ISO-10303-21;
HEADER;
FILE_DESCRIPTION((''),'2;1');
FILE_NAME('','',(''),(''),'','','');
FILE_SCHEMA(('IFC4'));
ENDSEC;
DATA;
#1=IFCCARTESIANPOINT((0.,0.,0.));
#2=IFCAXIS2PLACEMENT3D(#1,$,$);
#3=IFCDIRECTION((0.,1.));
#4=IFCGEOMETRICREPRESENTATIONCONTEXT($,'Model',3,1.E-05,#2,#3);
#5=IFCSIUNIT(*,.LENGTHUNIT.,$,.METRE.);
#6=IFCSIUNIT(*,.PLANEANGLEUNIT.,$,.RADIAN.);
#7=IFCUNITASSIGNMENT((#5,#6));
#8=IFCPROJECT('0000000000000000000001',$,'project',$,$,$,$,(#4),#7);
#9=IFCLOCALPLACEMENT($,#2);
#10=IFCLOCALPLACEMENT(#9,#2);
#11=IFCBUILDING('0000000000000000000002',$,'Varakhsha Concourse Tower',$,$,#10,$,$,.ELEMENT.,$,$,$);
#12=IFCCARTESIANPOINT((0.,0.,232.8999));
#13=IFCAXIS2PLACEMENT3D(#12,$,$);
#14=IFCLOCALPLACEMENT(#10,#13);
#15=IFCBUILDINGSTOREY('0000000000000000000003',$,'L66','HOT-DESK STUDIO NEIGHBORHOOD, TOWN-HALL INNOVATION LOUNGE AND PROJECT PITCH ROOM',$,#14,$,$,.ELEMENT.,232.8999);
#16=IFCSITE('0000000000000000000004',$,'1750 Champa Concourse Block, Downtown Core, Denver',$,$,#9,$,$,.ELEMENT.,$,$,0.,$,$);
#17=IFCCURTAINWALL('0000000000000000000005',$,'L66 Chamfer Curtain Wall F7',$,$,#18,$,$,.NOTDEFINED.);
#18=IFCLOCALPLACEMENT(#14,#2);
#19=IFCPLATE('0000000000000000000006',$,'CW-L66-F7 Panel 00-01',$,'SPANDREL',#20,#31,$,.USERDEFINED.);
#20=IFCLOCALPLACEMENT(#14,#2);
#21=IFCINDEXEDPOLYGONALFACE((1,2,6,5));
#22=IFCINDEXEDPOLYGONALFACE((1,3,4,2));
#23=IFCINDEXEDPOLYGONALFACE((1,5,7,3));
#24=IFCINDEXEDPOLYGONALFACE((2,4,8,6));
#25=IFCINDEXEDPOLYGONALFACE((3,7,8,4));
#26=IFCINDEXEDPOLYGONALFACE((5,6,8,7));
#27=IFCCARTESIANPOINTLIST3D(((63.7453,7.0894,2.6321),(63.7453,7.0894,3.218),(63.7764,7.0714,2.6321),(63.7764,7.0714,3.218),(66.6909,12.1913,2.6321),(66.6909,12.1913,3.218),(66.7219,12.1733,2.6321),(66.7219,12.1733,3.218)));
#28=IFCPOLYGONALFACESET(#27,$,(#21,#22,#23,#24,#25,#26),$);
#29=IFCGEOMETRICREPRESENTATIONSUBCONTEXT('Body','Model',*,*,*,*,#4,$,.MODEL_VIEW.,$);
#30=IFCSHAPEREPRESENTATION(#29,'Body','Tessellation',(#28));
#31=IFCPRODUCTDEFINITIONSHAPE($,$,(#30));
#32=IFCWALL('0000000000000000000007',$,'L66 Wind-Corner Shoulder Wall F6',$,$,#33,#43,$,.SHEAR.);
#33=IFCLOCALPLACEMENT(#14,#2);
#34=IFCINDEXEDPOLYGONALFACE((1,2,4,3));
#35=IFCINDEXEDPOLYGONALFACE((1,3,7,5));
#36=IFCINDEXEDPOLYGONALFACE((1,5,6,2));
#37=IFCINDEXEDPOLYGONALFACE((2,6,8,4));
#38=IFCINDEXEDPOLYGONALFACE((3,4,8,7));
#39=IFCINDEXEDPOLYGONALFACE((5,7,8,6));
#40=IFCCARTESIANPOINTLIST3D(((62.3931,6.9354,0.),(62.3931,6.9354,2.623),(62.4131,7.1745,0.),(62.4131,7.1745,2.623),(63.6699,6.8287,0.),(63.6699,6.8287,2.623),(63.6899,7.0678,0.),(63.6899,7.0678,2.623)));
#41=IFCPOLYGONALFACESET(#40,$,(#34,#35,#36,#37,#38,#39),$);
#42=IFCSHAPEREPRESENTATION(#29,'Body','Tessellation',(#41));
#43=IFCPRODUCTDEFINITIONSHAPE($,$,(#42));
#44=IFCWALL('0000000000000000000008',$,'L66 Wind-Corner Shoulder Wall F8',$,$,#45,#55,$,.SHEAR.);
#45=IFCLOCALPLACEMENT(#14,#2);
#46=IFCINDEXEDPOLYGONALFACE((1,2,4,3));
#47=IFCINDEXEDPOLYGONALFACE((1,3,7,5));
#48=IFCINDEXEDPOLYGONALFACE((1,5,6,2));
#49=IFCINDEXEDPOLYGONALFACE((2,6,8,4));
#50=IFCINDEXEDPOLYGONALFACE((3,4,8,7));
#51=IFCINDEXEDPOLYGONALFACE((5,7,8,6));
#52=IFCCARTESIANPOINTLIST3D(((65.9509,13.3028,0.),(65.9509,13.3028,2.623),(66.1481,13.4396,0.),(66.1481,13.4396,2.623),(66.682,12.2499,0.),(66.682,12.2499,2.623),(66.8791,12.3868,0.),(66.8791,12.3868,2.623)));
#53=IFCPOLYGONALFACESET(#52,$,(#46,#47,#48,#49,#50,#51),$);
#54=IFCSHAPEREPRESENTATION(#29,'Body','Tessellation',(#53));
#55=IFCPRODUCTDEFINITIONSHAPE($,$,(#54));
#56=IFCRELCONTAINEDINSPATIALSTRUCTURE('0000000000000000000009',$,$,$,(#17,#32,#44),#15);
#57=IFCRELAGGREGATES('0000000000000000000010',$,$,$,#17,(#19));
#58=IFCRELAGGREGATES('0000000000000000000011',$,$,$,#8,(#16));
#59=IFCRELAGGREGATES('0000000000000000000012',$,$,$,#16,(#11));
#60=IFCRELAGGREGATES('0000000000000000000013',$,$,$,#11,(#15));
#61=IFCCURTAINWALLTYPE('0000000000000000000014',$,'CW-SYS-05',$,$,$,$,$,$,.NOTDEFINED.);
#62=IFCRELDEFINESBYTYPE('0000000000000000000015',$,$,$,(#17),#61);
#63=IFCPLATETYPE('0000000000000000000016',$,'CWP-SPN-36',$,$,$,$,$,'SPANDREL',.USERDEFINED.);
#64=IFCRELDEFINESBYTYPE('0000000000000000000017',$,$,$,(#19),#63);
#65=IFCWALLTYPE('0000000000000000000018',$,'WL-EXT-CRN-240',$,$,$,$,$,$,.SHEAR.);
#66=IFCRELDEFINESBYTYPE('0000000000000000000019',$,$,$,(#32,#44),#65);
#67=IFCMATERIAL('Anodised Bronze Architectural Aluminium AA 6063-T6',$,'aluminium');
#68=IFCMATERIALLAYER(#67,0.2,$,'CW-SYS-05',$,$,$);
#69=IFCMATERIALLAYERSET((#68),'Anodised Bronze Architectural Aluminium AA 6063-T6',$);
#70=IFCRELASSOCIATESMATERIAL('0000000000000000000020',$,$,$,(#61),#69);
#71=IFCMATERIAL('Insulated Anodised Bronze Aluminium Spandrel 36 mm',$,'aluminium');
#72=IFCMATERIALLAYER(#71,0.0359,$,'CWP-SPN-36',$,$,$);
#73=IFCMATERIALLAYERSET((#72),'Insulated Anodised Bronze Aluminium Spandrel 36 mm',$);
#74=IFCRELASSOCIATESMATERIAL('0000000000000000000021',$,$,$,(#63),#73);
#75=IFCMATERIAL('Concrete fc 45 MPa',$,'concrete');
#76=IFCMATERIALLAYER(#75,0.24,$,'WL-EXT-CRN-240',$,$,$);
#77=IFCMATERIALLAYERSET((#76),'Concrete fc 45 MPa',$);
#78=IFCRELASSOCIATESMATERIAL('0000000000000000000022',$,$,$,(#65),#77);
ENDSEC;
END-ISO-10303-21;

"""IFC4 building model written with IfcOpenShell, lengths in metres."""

from ifc_helpers import new_model, si_unit, direction, frame, frame_2d, origin, origin_2d, place, context, subcontext, project, spatial, rectangle, extrude, source, transform, mapped, material, layer, layer_set, type_object, element, aggregate, save


model = new_model("IFC4")

# Units and contexts
model_context = context("Model", 3, precision=1e-05, world=origin(), true_north=direction((0.0, 1.0)))
body_context = subcontext(model_context, "Body", "Model", "MODEL_VIEW")
ifc_project = project(units=[si_unit("LENGTHUNIT", "METRE"), si_unit("PLANEANGLEUNIT", "RADIAN")], contexts=[model_context])

# Site, building, storey
site_placement = place(None, origin())
site = spatial("IfcSite", under=ifc_project, at=site_placement, Name="1750 Champa Concourse Block, Downtown Core, Denver", CompositionType="ELEMENT", RefElevation=0.0)
building_placement = place(site_placement, origin())
building = spatial("IfcBuilding", under=site, at=building_placement, Name="Varakhsha Concourse Tower", CompositionType="ELEMENT")
storey_placement = place(building_placement, frame((0.0, 0.0, 232.8999)))
storey = spatial("IfcBuildingStorey", under=building, at=storey_placement, Name="L66", Description="HOT-DESK STUDIO NEIGHBORHOOD, TOWN-HALL INNOVATION LOUNGE AND PROJECT PITCH ROOM", CompositionType="ELEMENT", Elevation=232.8999)

# Shared definitions
ifc_material_1 = material(Name="Anodised Bronze Architectural Aluminium AA 6063-T6", Category="aluminium")
ifc_layer_1 = layer(ifc_material_1, 0.2, Name="CW-SYS-05")
ifc_layer_set_1 = layer_set([ifc_layer_1], Name="Anodised Bronze Architectural Aluminium AA 6063-T6")
curtain_wall_type = type_object("IfcCurtainWallType", Name="CW-SYS-05", PredefinedType="NOTDEFINED", material=ifc_layer_set_1)

# Curtain wall
curtain_wall_1_placement = place(storey_placement, origin())
curtain_wall_1 = element("IfcCurtainWall", 1, at=curtain_wall_1_placement, inside=storey, type_object=curtain_wall_type, Name="L66 Chamfer Curtain Wall F7", PredefinedType="NOTDEFINED")

# Plate
ifc_material_2 = material(Name="Insulated Anodised Bronze Aluminium Spandrel 36 mm", Category="aluminium")
ifc_layer_2 = layer(ifc_material_2, 0.0359, Name="CWP-SPN-36")
ifc_layer_set_2 = layer_set([ifc_layer_2], Name="Insulated Anodised Bronze Aluminium Spandrel 36 mm")
plate_type_1 = type_object("IfcPlateType", Name="CWP-SPN-36", ElementType="SPANDREL", PredefinedType="USERDEFINED", material=ifc_layer_set_2)
shared_shape_1 = source(origin(), body_context, "Body", "SweptSolid", [
    extrude(rectangle(XDim=5.8911, YDim=0.0359, at=origin_2d()), origin(), (0.0, 0.0, 1.0), 0.5859),
])
plate_1_placement = place(storey_placement, frame((65.2336, 9.6313, 2.6321), z_axis=(0.0, 0.0, 1.0), x_axis=(-0.499994, -0.866029, 0.0)))
plate_1 = element("IfcPlate", 2, at=plate_1_placement, type_object=plate_type_1, Name="CW-L66-F7 Panel 00-01", ObjectType="SPANDREL", PredefinedType="USERDEFINED", context=body_context, shape_type="MappedRepresentation", body=[
    mapped(shared_shape_1, transform((0.0, 0.0, 0.0), scale=1.0)),
])
aggregate(curtain_wall_1, [plate_1])

# Walls
ifc_material_3 = material(Name="Concrete fc 45 MPa", Category="concrete")
ifc_layer_3 = layer(ifc_material_3, 0.24, Name="WL-EXT-CRN-240")
ifc_layer_set_3 = layer_set([ifc_layer_3], Name="Concrete fc 45 MPa")
wall_type = type_object("IfcWallType", Name="WL-EXT-CRN-240", PredefinedType="SHEAR", material=ifc_layer_set_3)
wall_1_placement = place(storey_placement, frame((62.4031, 7.0549, 0.0), z_axis=(0.0, 0.0, 1.0), x_axis=(0.996527, -0.083266, 0.0)))
element("IfcWall", 3, at=wall_1_placement, inside=storey, type_object=wall_type, Name="L66 Wind-Corner Shoulder Wall F6", PredefinedType="SHEAR", context=body_context, shape_type="SweptSolid", body=[
    extrude(rectangle(XDim=1.2812, YDim=0.24, at=frame_2d((0.6406, 0.0))), origin(), (0.0, 0.0, 1.0), 2.623),
])
wall_2_placement = place(storey_placement, frame((66.7805, 12.3184, 0.0), z_axis=(0.0, 0.0, 1.0), x_axis=(-0.570339, 0.82141, 0.0)))
element("IfcWall", 4, at=wall_2_placement, inside=storey, type_object=wall_type, Name="L66 Wind-Corner Shoulder Wall F8", PredefinedType="SHEAR", context=body_context, shape_type="SweptSolid", body=[
    extrude(rectangle(XDim=1.2817, YDim=0.24, at=frame_2d((0.6409, 0.0))), origin(), (0.0, 0.0, 1.0), 2.623),
])

save(model, "model.ifc")
